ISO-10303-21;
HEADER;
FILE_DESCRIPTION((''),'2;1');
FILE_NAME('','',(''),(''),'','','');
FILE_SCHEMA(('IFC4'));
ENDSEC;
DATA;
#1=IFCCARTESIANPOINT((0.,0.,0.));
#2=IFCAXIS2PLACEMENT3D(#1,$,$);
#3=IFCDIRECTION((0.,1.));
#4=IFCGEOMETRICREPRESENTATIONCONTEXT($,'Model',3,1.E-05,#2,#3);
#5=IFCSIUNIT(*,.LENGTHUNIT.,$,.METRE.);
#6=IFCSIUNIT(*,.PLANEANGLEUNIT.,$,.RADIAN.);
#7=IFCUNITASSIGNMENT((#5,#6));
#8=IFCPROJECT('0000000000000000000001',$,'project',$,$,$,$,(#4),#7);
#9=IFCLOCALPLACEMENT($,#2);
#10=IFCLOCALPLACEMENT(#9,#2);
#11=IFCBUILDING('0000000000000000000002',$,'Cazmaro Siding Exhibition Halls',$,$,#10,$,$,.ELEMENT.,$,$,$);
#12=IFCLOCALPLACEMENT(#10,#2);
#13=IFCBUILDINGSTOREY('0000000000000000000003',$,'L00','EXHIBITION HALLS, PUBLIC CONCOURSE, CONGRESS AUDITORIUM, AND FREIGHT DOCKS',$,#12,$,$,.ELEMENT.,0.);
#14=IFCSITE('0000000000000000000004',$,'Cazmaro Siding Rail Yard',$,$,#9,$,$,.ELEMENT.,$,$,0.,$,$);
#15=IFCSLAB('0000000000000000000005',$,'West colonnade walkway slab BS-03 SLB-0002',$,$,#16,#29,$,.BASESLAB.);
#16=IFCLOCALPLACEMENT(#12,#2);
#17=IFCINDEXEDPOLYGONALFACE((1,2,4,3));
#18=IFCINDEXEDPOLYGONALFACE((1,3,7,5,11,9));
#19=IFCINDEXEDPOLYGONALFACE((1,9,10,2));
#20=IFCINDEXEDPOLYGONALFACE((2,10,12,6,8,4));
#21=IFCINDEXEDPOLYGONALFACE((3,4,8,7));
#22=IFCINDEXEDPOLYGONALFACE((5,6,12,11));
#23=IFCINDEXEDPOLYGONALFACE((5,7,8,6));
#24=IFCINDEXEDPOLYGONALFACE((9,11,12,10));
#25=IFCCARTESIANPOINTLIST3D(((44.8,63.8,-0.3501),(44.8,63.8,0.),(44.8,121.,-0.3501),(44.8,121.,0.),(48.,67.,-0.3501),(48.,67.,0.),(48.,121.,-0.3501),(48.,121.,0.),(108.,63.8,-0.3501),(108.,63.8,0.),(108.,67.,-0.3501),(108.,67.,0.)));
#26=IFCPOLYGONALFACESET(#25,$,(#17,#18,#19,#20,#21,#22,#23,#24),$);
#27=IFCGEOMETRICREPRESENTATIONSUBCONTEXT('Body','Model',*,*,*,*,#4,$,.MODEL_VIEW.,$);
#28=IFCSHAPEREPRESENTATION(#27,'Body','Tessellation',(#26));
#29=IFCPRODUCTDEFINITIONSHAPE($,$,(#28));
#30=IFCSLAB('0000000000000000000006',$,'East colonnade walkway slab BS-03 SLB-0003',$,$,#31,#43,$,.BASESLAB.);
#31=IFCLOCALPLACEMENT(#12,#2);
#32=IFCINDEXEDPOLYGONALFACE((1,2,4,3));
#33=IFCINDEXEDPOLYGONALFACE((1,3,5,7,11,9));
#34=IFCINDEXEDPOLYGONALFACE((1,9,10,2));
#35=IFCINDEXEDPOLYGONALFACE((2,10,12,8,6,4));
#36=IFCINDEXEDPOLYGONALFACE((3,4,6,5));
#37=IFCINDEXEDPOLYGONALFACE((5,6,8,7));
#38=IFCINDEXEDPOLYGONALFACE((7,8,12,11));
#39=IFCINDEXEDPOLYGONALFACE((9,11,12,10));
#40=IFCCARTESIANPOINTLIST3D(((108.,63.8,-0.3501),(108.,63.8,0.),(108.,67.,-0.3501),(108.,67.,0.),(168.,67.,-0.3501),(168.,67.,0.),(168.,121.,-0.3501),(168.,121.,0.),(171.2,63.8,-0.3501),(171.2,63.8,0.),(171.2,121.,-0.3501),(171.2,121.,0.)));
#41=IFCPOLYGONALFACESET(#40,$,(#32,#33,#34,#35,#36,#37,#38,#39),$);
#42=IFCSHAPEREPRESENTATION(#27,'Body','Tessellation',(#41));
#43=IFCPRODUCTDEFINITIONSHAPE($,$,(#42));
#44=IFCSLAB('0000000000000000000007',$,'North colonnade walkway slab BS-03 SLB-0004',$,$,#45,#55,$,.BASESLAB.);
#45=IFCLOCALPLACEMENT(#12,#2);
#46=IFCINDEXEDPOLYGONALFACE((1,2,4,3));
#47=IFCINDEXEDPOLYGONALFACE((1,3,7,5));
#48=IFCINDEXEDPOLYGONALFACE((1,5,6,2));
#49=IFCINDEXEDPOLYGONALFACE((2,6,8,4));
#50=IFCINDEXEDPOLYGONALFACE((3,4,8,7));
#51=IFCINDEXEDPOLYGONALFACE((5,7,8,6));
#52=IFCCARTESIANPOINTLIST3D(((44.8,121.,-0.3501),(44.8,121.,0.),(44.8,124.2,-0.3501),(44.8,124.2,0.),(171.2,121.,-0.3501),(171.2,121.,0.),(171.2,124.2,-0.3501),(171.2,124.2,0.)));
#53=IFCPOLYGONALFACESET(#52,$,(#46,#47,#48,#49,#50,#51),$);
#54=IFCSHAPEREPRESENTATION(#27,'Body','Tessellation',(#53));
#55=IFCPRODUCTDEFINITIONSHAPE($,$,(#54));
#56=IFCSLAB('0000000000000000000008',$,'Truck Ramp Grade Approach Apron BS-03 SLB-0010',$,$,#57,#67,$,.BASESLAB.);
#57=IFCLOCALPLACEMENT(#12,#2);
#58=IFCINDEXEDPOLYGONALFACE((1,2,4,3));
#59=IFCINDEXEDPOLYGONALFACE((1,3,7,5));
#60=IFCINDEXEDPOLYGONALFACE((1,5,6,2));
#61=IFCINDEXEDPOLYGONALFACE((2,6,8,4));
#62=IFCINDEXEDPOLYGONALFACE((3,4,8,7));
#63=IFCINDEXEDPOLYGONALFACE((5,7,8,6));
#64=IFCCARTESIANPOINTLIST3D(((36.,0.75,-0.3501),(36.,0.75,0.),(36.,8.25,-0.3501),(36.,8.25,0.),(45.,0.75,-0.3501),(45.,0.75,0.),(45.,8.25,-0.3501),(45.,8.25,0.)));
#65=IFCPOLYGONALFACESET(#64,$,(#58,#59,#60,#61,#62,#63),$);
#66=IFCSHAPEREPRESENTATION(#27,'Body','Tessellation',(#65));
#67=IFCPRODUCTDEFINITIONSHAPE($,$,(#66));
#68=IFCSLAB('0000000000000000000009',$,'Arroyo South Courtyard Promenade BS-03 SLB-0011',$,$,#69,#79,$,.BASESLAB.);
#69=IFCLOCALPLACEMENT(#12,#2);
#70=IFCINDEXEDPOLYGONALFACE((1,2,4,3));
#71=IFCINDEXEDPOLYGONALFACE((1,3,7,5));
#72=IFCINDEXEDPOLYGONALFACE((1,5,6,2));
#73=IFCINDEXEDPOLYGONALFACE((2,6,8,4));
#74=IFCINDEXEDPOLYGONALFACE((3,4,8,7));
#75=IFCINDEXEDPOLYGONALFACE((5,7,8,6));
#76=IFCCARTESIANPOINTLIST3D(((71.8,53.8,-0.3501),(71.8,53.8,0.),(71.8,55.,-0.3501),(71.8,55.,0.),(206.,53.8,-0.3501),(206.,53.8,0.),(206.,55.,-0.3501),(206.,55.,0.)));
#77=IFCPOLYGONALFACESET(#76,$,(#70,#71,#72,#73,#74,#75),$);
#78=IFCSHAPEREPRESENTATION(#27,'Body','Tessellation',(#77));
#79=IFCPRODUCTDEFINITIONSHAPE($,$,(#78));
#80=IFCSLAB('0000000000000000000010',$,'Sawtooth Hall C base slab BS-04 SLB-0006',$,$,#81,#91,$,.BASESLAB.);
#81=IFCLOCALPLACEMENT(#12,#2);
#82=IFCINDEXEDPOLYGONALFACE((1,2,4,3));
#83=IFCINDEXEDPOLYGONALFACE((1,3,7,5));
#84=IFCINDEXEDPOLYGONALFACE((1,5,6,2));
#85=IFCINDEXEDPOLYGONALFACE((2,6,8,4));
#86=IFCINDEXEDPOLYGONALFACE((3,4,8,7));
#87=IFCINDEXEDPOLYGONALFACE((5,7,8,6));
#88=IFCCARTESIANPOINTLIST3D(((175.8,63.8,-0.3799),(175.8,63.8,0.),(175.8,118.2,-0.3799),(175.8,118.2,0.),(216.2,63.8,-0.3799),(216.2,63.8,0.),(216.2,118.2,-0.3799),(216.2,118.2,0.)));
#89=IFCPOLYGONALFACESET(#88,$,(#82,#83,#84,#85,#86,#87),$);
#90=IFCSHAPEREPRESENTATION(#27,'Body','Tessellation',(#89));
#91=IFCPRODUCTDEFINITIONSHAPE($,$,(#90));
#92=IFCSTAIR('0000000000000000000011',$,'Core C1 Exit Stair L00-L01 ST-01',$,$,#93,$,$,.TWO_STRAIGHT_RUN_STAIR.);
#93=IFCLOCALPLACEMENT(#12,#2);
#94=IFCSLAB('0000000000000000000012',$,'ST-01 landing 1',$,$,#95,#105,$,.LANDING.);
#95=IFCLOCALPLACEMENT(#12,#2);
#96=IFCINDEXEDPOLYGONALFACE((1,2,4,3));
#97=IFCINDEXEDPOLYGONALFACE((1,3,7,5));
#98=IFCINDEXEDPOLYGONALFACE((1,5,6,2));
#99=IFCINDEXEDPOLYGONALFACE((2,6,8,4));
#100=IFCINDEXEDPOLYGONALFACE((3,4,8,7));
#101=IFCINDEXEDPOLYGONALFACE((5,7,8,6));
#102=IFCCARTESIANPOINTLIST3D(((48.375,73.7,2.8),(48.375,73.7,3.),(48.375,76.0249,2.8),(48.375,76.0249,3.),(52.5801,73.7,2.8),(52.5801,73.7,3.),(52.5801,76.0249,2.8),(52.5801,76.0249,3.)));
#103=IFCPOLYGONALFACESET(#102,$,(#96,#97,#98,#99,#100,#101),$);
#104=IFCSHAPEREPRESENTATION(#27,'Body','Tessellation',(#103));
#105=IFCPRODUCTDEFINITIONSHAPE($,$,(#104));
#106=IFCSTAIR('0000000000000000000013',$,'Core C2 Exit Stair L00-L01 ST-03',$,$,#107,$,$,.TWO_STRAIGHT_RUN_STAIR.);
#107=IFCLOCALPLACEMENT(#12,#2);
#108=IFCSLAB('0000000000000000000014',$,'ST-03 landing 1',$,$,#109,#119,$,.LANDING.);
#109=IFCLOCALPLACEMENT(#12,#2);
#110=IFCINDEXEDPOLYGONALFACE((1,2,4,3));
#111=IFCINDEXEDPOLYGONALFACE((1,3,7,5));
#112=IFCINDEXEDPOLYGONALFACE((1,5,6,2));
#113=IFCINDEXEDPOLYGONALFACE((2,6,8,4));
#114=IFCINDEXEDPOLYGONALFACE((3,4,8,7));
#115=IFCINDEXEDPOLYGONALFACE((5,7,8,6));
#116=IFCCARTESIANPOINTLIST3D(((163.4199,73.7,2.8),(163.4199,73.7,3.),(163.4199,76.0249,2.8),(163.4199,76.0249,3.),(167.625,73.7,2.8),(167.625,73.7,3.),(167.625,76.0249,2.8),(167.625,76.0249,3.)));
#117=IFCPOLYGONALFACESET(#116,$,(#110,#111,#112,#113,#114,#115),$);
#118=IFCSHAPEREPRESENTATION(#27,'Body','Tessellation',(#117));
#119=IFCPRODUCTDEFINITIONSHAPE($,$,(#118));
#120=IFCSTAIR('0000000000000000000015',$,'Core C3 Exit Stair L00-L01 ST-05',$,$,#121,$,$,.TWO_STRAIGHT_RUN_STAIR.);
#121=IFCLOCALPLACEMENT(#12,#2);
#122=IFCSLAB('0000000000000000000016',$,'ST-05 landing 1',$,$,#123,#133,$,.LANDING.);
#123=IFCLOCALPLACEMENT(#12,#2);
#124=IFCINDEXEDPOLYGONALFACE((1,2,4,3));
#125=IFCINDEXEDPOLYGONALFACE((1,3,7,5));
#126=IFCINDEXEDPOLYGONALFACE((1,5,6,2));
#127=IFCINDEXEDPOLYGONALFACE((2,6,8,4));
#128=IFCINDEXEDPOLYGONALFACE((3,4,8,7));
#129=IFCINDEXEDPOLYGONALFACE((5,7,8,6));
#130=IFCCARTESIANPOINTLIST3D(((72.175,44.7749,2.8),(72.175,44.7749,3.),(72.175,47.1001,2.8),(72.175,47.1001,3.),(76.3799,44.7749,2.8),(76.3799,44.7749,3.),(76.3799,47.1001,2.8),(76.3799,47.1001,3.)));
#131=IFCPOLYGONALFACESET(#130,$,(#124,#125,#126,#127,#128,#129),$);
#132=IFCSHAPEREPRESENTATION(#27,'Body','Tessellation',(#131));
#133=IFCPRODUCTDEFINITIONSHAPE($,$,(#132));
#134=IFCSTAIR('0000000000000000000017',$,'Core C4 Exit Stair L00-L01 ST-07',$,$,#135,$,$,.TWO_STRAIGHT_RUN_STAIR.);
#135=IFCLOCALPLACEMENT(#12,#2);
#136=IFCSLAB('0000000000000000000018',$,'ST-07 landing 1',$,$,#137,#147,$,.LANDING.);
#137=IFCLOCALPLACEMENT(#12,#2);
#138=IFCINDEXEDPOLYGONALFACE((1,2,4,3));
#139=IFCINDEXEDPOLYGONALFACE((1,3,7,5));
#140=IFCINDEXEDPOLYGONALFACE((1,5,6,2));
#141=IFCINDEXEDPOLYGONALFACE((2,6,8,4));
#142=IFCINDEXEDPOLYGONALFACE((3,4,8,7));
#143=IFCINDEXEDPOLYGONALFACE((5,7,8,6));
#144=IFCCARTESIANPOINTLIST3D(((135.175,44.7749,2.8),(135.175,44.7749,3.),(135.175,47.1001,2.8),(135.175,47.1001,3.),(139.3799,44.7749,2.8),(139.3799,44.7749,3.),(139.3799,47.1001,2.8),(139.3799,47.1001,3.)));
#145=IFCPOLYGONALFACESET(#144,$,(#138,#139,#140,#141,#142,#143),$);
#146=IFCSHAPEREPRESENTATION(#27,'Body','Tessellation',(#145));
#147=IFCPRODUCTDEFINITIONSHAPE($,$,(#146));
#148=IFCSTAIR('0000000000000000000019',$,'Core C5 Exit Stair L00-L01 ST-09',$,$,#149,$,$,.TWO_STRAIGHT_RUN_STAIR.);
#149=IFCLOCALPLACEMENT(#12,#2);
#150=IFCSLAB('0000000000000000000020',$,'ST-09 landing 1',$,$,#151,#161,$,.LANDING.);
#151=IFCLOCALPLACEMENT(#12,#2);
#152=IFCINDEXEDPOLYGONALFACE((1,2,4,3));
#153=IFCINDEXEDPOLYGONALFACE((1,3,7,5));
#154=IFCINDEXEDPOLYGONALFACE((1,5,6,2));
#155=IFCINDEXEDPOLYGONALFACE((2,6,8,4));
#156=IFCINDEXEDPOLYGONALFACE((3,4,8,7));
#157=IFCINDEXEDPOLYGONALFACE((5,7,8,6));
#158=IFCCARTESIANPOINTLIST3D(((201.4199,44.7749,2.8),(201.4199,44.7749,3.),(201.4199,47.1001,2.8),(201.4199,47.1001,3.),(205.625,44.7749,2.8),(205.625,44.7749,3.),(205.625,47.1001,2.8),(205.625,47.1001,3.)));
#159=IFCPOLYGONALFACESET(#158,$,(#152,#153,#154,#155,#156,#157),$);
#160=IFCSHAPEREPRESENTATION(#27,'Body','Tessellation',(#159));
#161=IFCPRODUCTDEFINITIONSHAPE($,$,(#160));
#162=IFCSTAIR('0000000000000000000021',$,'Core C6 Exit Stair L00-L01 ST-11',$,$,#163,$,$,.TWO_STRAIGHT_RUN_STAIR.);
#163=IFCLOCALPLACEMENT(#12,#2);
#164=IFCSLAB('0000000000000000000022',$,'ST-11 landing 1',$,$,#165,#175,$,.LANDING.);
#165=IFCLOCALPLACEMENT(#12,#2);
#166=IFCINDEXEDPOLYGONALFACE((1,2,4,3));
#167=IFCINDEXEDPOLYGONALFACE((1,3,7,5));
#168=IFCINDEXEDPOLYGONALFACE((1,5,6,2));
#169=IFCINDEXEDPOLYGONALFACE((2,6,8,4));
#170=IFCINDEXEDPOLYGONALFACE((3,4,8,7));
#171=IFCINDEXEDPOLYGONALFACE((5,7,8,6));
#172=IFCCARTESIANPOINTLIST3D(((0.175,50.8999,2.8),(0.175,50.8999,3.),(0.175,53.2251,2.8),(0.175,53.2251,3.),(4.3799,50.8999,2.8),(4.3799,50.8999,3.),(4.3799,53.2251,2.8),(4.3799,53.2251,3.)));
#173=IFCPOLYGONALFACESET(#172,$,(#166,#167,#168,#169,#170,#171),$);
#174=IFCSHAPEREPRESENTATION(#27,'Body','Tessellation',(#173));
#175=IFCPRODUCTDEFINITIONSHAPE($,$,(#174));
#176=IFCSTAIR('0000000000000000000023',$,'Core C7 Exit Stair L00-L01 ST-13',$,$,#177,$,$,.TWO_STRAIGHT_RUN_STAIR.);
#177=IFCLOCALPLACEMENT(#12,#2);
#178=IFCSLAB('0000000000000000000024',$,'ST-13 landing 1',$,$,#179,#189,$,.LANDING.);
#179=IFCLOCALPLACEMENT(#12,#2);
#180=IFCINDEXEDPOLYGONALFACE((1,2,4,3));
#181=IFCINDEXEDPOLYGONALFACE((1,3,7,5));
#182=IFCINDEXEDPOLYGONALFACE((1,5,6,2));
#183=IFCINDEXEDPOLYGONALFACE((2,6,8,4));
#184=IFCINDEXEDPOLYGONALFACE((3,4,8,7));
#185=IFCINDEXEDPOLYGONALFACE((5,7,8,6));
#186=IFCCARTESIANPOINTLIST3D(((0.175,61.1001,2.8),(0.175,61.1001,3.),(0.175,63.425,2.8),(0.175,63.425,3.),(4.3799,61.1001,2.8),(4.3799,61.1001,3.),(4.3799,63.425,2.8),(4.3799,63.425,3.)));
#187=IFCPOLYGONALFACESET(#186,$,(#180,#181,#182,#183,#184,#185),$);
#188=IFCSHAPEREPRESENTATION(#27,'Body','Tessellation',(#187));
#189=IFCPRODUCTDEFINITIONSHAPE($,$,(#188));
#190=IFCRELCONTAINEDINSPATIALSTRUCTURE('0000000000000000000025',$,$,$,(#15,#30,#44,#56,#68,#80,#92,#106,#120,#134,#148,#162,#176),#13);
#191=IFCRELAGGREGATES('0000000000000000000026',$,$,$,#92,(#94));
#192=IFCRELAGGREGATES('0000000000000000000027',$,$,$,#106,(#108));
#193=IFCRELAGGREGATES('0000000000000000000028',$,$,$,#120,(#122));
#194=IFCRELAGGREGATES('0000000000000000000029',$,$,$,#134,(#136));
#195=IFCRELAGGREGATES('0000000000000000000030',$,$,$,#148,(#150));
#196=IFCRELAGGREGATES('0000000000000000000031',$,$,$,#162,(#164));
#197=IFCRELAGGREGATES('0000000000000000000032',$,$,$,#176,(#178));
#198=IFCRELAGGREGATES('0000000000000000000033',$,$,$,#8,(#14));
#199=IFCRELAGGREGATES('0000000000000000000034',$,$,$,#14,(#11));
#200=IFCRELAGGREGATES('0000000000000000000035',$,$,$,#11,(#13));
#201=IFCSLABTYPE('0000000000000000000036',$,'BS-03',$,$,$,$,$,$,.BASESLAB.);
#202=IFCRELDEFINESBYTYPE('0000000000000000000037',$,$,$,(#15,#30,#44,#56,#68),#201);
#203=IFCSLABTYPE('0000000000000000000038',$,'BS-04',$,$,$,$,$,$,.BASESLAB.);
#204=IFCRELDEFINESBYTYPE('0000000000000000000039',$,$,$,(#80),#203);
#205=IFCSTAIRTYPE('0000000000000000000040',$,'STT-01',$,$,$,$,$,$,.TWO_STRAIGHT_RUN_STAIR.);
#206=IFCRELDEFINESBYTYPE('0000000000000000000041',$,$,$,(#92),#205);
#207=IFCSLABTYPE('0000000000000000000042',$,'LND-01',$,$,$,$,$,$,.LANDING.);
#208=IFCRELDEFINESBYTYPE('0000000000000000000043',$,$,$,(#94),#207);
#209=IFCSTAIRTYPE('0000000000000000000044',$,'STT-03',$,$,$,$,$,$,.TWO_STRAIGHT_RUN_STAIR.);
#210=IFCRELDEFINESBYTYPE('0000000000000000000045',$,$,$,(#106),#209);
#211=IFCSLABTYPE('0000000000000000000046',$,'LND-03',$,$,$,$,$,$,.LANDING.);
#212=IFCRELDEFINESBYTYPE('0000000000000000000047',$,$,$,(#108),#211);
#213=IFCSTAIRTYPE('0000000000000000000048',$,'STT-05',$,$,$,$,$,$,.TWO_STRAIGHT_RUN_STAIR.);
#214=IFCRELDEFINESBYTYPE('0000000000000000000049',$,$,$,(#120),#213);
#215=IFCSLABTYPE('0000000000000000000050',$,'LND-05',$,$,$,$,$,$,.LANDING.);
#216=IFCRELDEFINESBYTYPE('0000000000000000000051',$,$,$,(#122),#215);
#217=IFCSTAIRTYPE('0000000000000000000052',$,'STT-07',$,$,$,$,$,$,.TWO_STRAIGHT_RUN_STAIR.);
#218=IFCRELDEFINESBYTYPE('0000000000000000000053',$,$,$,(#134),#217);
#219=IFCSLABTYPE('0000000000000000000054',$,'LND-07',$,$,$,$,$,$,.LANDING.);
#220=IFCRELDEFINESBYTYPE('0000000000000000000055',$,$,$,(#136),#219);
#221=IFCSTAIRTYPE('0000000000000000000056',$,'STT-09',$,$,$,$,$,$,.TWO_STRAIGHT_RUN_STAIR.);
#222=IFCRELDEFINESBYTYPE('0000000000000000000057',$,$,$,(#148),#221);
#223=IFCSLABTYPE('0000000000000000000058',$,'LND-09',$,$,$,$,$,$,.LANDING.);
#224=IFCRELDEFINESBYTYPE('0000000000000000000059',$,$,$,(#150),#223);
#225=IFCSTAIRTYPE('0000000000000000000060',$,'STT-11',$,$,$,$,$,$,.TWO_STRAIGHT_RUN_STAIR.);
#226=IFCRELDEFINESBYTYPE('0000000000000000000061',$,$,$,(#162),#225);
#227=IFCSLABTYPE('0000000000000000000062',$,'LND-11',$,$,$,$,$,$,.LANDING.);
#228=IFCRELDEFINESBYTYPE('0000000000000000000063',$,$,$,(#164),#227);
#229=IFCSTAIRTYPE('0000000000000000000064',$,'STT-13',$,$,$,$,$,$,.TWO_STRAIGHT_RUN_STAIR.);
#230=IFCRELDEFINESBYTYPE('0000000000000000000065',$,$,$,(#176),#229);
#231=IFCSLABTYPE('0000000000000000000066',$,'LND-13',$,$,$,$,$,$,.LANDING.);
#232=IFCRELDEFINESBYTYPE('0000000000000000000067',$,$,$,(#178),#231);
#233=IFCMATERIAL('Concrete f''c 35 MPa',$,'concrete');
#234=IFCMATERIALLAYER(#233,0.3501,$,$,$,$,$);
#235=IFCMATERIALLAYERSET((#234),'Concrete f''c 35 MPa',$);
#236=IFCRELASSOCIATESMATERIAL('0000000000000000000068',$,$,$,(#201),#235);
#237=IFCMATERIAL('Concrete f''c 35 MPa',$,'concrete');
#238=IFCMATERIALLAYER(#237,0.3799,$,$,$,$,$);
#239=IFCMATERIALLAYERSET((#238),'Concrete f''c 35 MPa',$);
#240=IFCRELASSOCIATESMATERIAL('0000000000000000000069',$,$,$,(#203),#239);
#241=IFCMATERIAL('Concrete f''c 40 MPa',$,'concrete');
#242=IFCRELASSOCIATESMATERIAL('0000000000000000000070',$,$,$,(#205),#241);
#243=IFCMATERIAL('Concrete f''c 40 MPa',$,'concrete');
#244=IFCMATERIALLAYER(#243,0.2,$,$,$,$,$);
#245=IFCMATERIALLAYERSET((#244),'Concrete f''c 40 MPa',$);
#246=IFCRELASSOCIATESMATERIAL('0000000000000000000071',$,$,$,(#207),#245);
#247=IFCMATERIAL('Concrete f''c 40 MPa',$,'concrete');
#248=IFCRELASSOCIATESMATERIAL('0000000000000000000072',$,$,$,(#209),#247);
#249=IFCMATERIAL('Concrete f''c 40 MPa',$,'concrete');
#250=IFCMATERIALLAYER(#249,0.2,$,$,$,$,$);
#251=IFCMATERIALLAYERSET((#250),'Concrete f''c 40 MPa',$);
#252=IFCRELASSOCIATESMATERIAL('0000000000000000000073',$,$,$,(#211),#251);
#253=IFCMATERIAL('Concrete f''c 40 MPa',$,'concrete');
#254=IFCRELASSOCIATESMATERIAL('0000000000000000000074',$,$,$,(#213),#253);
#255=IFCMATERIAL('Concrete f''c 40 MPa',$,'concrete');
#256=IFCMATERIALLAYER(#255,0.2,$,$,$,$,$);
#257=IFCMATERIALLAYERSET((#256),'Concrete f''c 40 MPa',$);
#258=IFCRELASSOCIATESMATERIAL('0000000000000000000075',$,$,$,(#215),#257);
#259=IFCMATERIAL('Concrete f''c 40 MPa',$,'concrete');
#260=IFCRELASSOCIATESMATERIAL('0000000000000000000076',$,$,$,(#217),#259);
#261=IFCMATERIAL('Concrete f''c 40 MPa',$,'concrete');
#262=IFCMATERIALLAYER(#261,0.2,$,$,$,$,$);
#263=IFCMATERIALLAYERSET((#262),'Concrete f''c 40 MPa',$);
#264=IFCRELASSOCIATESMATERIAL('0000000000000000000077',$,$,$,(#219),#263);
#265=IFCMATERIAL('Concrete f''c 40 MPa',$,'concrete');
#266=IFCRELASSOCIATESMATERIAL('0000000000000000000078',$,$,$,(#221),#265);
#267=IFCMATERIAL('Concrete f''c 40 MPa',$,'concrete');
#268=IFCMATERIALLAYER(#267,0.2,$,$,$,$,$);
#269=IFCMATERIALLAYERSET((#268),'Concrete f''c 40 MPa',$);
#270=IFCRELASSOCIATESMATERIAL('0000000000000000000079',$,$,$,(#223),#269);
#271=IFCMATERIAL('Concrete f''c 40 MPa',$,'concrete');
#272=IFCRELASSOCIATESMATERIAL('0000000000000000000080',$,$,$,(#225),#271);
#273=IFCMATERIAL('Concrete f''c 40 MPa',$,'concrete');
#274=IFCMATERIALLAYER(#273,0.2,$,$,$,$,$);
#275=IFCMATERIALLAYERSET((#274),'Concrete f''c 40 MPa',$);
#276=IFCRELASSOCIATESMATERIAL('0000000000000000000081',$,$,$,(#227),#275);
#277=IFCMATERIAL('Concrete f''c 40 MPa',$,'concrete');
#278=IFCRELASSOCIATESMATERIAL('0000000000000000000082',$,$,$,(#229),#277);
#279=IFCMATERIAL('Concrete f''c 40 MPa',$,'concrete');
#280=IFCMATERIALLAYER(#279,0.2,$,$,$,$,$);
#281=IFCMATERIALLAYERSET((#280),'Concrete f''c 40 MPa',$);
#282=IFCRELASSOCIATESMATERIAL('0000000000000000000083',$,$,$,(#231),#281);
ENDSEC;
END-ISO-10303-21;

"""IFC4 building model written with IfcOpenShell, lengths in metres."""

from ifc_helpers import new_model, si_unit, direction, frame, origin, place, context, subcontext, project, spatial, polyline, outline, extrude, material, layer, layer_set, type_object, element, aggregate, save


model = new_model("IFC4")

# Units and contexts
model_context = context("Model", 3, precision=1e-05, world=origin(), true_north=direction((0.0, 1.0)))
body_context = subcontext(model_context, "Body", "Model", "MODEL_VIEW")
ifc_project = project(units=[si_unit("LENGTHUNIT", "METRE"), si_unit("PLANEANGLEUNIT", "RADIAN")], contexts=[model_context])

# Site, building, storey
site_placement = place(None, origin())
site = spatial("IfcSite", under=ifc_project, at=site_placement, Name="Cazmaro Siding Rail Yard", CompositionType="ELEMENT", RefElevation=0.0)
building_placement = place(site_placement, origin())
building = spatial("IfcBuilding", under=site, at=building_placement, Name="Cazmaro Siding Exhibition Halls", CompositionType="ELEMENT")
storey_placement = place(building_placement, origin())
storey = spatial("IfcBuildingStorey", under=building, at=storey_placement, Name="L00", Description="EXHIBITION HALLS, PUBLIC CONCOURSE, CONGRESS AUDITORIUM, AND FREIGHT DOCKS", CompositionType="ELEMENT", Elevation=0.0)

# Slabs
ifc_material_1 = material(Name="Concrete f'c 35 MPa", Category="concrete")
ifc_layer_1 = layer(ifc_material_1, 0.3501)
ifc_layer_set_1 = layer_set([ifc_layer_1], Name="Concrete f'c 35 MPa")
slab_type_1 = type_object("IfcSlabType", Name="BS-03", PredefinedType="BASESLAB", material=ifc_layer_set_1)
slab_1_placement = place(storey_placement, frame((0.0, 0.0, -0.3501)))
element("IfcSlab", 1, at=slab_1_placement, inside=storey, type_object=slab_type_1, Name="West colonnade walkway slab BS-03 SLB-0002", PredefinedType="BASESLAB", context=body_context, shape_type="SweptSolid", body=[
    extrude(outline(polyline([(44.8, 63.8), (108.0, 63.8), (108.0, 67.0), (48.0, 67.0), (48.0, 121.0), (44.8, 121.0), (44.8, 63.8)])), origin(), (0.0, 0.0, 1.0), 0.3501),
])
slab_2_placement = place(storey_placement, frame((0.0, 0.0, -0.3501)))
element("IfcSlab", 2, at=slab_2_placement, inside=storey, type_object=slab_type_1, Name="East colonnade walkway slab BS-03 SLB-0003", PredefinedType="BASESLAB", context=body_context, shape_type="SweptSolid", body=[
    extrude(outline(polyline([(108.0, 63.8), (171.2, 63.8), (171.2, 121.0), (168.0, 121.0), (168.0, 67.0), (108.0, 67.0), (108.0, 63.8)])), origin(), (0.0, 0.0, 1.0), 0.3501),
])
slab_3_placement = place(storey_placement, frame((0.0, 0.0, -0.3501)))
element("IfcSlab", 3, at=slab_3_placement, inside=storey, type_object=slab_type_1, Name="North colonnade walkway slab BS-03 SLB-0004", PredefinedType="BASESLAB", context=body_context, shape_type="SweptSolid", body=[
    extrude(outline(polyline([(44.8, 121.0), (171.2, 121.0), (171.2, 124.2), (44.8, 124.2), (44.8, 121.0)])), origin(), (0.0, 0.0, 1.0), 0.3501),
])
slab_4_placement = place(storey_placement, frame((0.0, 0.0, -0.3501)))
element("IfcSlab", 4, at=slab_4_placement, inside=storey, type_object=slab_type_1, Name="Truck Ramp Grade Approach Apron BS-03 SLB-0010", PredefinedType="BASESLAB", context=body_context, shape_type="SweptSolid", body=[
    extrude(outline(polyline([(36.0, 0.75), (45.0, 0.75), (45.0, 8.25), (36.0, 8.25), (36.0, 0.75)])), origin(), (0.0, 0.0, 1.0), 0.3501),
])
slab_5_placement = place(storey_placement, frame((0.0, 0.0, -0.3501)))
element("IfcSlab", 5, at=slab_5_placement, inside=storey, type_object=slab_type_1, Name="Arroyo South Courtyard Promenade BS-03 SLB-0011", PredefinedType="BASESLAB", context=body_context, shape_type="SweptSolid", body=[
    extrude(outline(polyline([(71.8, 53.8), (206.0, 53.8), (206.0, 55.0), (71.8, 55.0), (71.8, 53.8)])), origin(), (0.0, 0.0, 1.0), 0.3501),
])
ifc_material_2 = material(Name="Concrete f'c 35 MPa", Category="concrete")
ifc_layer_2 = layer(ifc_material_2, 0.3799)
ifc_layer_set_2 = layer_set([ifc_layer_2], Name="Concrete f'c 35 MPa")
slab_type_2 = type_object("IfcSlabType", Name="BS-04", PredefinedType="BASESLAB", material=ifc_layer_set_2)
slab_6_placement = place(storey_placement, frame((0.0, 0.0, -0.3799)))
element("IfcSlab", 6, at=slab_6_placement, inside=storey, type_object=slab_type_2, Name="Sawtooth Hall C base slab BS-04 SLB-0006", PredefinedType="BASESLAB", context=body_context, shape_type="SweptSolid", body=[
    extrude(outline(polyline([(175.8, 63.8), (216.2, 63.8), (216.2, 118.2), (175.8, 118.2), (175.8, 63.8)])), origin(), (0.0, 0.0, 1.0), 0.3799),
])

# Stairs, slabs
ifc_material_3 = material(Name="Concrete f'c 40 MPa", Category="concrete")
stair_type_1 = type_object("IfcStairType", Name="STT-01", PredefinedType="TWO_STRAIGHT_RUN_STAIR", material=ifc_material_3)
stair_1_placement = place(storey_placement, origin())
stair_1 = element("IfcStair", 7, at=stair_1_placement, inside=storey, type_object=stair_type_1, Name="Core C1 Exit Stair L00-L01 ST-01", PredefinedType="TWO_STRAIGHT_RUN_STAIR")
ifc_material_4 = material(Name="Concrete f'c 40 MPa", Category="concrete")
ifc_layer_3 = layer(ifc_material_4, 0.2)
ifc_layer_set_3 = layer_set([ifc_layer_3], Name="Concrete f'c 40 MPa")
slab_type_3 = type_object("IfcSlabType", Name="LND-01", PredefinedType="LANDING", material=ifc_layer_set_3)
slab_7_placement = place(storey_placement, frame((0.0, 0.0, 2.8)))
slab_7 = element("IfcSlab", 8, at=slab_7_placement, type_object=slab_type_3, Name="ST-01 landing 1", PredefinedType="LANDING", context=body_context, shape_type="SweptSolid", body=[
    extrude(outline(polyline([(48.375, 73.7), (52.5801, 73.7), (52.5801, 76.0249), (48.375, 76.0249), (48.375, 73.7)])), origin(), (0.0, 0.0, 1.0), 0.2),
])
aggregate(stair_1, [slab_7])
ifc_material_5 = material(Name="Concrete f'c 40 MPa", Category="concrete")
stair_type_2 = type_object("IfcStairType", Name="STT-03", PredefinedType="TWO_STRAIGHT_RUN_STAIR", material=ifc_material_5)
stair_2_placement = place(storey_placement, origin())
stair_2 = element("IfcStair", 9, at=stair_2_placement, inside=storey, type_object=stair_type_2, Name="Core C2 Exit Stair L00-L01 ST-03", PredefinedType="TWO_STRAIGHT_RUN_STAIR")
ifc_material_6 = material(Name="Concrete f'c 40 MPa", Category="concrete")
ifc_layer_4 = layer(ifc_material_6, 0.2)
ifc_layer_set_4 = layer_set([ifc_layer_4], Name="Concrete f'c 40 MPa")
slab_type_4 = type_object("IfcSlabType", Name="LND-03", PredefinedType="LANDING", material=ifc_layer_set_4)
slab_8_placement = place(storey_placement, frame((0.0, 0.0, 2.8)))
slab_8 = element("IfcSlab", 10, at=slab_8_placement, type_object=slab_type_4, Name="ST-03 landing 1", PredefinedType="LANDING", context=body_context, shape_type="SweptSolid", body=[
    extrude(outline(polyline([(163.4199, 73.7), (167.625, 73.7), (167.625, 76.0249), (163.4199, 76.0249), (163.4199, 73.7)])), origin(), (0.0, 0.0, 1.0), 0.2),
])
aggregate(stair_2, [slab_8])
ifc_material_7 = material(Name="Concrete f'c 40 MPa", Category="concrete")
stair_type_3 = type_object("IfcStairType", Name="STT-05", PredefinedType="TWO_STRAIGHT_RUN_STAIR", material=ifc_material_7)
stair_3_placement = place(storey_placement, origin())
stair_3 = element("IfcStair", 11, at=stair_3_placement, inside=storey, type_object=stair_type_3, Name="Core C3 Exit Stair L00-L01 ST-05", PredefinedType="TWO_STRAIGHT_RUN_STAIR")
ifc_material_8 = material(Name="Concrete f'c 40 MPa", Category="concrete")
ifc_layer_5 = layer(ifc_material_8, 0.2)
ifc_layer_set_5 = layer_set([ifc_layer_5], Name="Concrete f'c 40 MPa")
slab_type_5 = type_object("IfcSlabType", Name="LND-05", PredefinedType="LANDING", material=ifc_layer_set_5)
slab_9_placement = place(storey_placement, frame((0.0, 0.0, 2.8)))
slab_9 = element("IfcSlab", 12, at=slab_9_placement, type_object=slab_type_5, Name="ST-05 landing 1", PredefinedType="LANDING", context=body_context, shape_type="SweptSolid", body=[
    extrude(outline(polyline([(72.175, 44.7749), (76.3799, 44.7749), (76.3799, 47.1001), (72.175, 47.1001), (72.175, 44.7749)])), origin(), (0.0, 0.0, 1.0), 0.2),
])
aggregate(stair_3, [slab_9])
ifc_material_9 = material(Name="Concrete f'c 40 MPa", Category="concrete")
stair_type_4 = type_object("IfcStairType", Name="STT-07", PredefinedType="TWO_STRAIGHT_RUN_STAIR", material=ifc_material_9)
stair_4_placement = place(storey_placement, origin())
stair_4 = element("IfcStair", 13, at=stair_4_placement, inside=storey, type_object=stair_type_4, Name="Core C4 Exit Stair L00-L01 ST-07", PredefinedType="TWO_STRAIGHT_RUN_STAIR")
ifc_material_10 = material(Name="Concrete f'c 40 MPa", Category="concrete")
ifc_layer_6 = layer(ifc_material_10, 0.2)
ifc_layer_set_6 = layer_set([ifc_layer_6], Name="Concrete f'c 40 MPa")
slab_type_6 = type_object("IfcSlabType", Name="LND-07", PredefinedType="LANDING", material=ifc_layer_set_6)
slab_10_placement = place(storey_placement, frame((0.0, 0.0, 2.8)))
slab_10 = element("IfcSlab", 14, at=slab_10_placement, type_object=slab_type_6, Name="ST-07 landing 1", PredefinedType="LANDING", context=body_context, shape_type="SweptSolid", body=[
    extrude(outline(polyline([(135.175, 44.7749), (139.3799, 44.7749), (139.3799, 47.1001), (135.175, 47.1001), (135.175, 44.7749)])), origin(), (0.0, 0.0, 1.0), 0.2),
])
aggregate(stair_4, [slab_10])
ifc_material_11 = material(Name="Concrete f'c 40 MPa", Category="concrete")
stair_type_5 = type_object("IfcStairType", Name="STT-09", PredefinedType="TWO_STRAIGHT_RUN_STAIR", material=ifc_material_11)
stair_5_placement = place(storey_placement, origin())
stair_5 = element("IfcStair", 15, at=stair_5_placement, inside=storey, type_object=stair_type_5, Name="Core C5 Exit Stair L00-L01 ST-09", PredefinedType="TWO_STRAIGHT_RUN_STAIR")
ifc_material_12 = material(Name="Concrete f'c 40 MPa", Category="concrete")
ifc_layer_7 = layer(ifc_material_12, 0.2)
ifc_layer_set_7 = layer_set([ifc_layer_7], Name="Concrete f'c 40 MPa")
slab_type_7 = type_object("IfcSlabType", Name="LND-09", PredefinedType="LANDING", material=ifc_layer_set_7)
slab_11_placement = place(storey_placement, frame((0.0, 0.0, 2.8)))
slab_11 = element("IfcSlab", 16, at=slab_11_placement, type_object=slab_type_7, Name="ST-09 landing 1", PredefinedType="LANDING", context=body_context, shape_type="SweptSolid", body=[
    extrude(outline(polyline([(201.4199, 44.7749), (205.625, 44.7749), (205.625, 47.1001), (201.4199, 47.1001), (201.4199, 44.7749)])), origin(), (0.0, 0.0, 1.0), 0.2),
])
aggregate(stair_5, [slab_11])
ifc_material_13 = material(Name="Concrete f'c 40 MPa", Category="concrete")
stair_type_6 = type_object("IfcStairType", Name="STT-11", PredefinedType="TWO_STRAIGHT_RUN_STAIR", material=ifc_material_13)
stair_6_placement = place(storey_placement, origin())
stair_6 = element("IfcStair", 17, at=stair_6_placement, inside=storey, type_object=stair_type_6, Name="Core C6 Exit Stair L00-L01 ST-11", PredefinedType="TWO_STRAIGHT_RUN_STAIR")
ifc_material_14 = material(Name="Concrete f'c 40 MPa", Category="concrete")
ifc_layer_8 = layer(ifc_material_14, 0.2)
ifc_layer_set_8 = layer_set([ifc_layer_8], Name="Concrete f'c 40 MPa")
slab_type_8 = type_object("IfcSlabType", Name="LND-11", PredefinedType="LANDING", material=ifc_layer_set_8)
slab_12_placement = place(storey_placement, frame((0.0, 0.0, 2.8)))
slab_12 = element("IfcSlab", 18, at=slab_12_placement, type_object=slab_type_8, Name="ST-11 landing 1", PredefinedType="LANDING", context=body_context, shape_type="SweptSolid", body=[
    extrude(outline(polyline([(0.175, 50.8999), (4.3799, 50.8999), (4.3799, 53.2251), (0.175, 53.2251), (0.175, 50.8999)])), origin(), (0.0, 0.0, 1.0), 0.2),
])
aggregate(stair_6, [slab_12])
ifc_material_15 = material(Name="Concrete f'c 40 MPa", Category="concrete")
stair_type_7 = type_object("IfcStairType", Name="STT-13", PredefinedType="TWO_STRAIGHT_RUN_STAIR", material=ifc_material_15)
stair_7_placement = place(storey_placement, origin())
stair_7 = element("IfcStair", 19, at=stair_7_placement, inside=storey, type_object=stair_type_7, Name="Core C7 Exit Stair L00-L01 ST-13", PredefinedType="TWO_STRAIGHT_RUN_STAIR")
ifc_material_16 = material(Name="Concrete f'c 40 MPa", Category="concrete")
ifc_layer_9 = layer(ifc_material_16, 0.2)
ifc_layer_set_9 = layer_set([ifc_layer_9], Name="Concrete f'c 40 MPa")
slab_type_9 = type_object("IfcSlabType", Name="LND-13", PredefinedType="LANDING", material=ifc_layer_set_9)
slab_13_placement = place(storey_placement, frame((0.0, 0.0, 2.8)))
slab_13 = element("IfcSlab", 20, at=slab_13_placement, type_object=slab_type_9, Name="ST-13 landing 1", PredefinedType="LANDING", context=body_context, shape_type="SweptSolid", body=[
    extrude(outline(polyline([(0.175, 61.1001), (4.3799, 61.1001), (4.3799, 63.425), (0.175, 63.425), (0.175, 61.1001)])), origin(), (0.0, 0.0, 1.0), 0.2),
])
aggregate(stair_7, [slab_13])

save(model, "model.ifc")
